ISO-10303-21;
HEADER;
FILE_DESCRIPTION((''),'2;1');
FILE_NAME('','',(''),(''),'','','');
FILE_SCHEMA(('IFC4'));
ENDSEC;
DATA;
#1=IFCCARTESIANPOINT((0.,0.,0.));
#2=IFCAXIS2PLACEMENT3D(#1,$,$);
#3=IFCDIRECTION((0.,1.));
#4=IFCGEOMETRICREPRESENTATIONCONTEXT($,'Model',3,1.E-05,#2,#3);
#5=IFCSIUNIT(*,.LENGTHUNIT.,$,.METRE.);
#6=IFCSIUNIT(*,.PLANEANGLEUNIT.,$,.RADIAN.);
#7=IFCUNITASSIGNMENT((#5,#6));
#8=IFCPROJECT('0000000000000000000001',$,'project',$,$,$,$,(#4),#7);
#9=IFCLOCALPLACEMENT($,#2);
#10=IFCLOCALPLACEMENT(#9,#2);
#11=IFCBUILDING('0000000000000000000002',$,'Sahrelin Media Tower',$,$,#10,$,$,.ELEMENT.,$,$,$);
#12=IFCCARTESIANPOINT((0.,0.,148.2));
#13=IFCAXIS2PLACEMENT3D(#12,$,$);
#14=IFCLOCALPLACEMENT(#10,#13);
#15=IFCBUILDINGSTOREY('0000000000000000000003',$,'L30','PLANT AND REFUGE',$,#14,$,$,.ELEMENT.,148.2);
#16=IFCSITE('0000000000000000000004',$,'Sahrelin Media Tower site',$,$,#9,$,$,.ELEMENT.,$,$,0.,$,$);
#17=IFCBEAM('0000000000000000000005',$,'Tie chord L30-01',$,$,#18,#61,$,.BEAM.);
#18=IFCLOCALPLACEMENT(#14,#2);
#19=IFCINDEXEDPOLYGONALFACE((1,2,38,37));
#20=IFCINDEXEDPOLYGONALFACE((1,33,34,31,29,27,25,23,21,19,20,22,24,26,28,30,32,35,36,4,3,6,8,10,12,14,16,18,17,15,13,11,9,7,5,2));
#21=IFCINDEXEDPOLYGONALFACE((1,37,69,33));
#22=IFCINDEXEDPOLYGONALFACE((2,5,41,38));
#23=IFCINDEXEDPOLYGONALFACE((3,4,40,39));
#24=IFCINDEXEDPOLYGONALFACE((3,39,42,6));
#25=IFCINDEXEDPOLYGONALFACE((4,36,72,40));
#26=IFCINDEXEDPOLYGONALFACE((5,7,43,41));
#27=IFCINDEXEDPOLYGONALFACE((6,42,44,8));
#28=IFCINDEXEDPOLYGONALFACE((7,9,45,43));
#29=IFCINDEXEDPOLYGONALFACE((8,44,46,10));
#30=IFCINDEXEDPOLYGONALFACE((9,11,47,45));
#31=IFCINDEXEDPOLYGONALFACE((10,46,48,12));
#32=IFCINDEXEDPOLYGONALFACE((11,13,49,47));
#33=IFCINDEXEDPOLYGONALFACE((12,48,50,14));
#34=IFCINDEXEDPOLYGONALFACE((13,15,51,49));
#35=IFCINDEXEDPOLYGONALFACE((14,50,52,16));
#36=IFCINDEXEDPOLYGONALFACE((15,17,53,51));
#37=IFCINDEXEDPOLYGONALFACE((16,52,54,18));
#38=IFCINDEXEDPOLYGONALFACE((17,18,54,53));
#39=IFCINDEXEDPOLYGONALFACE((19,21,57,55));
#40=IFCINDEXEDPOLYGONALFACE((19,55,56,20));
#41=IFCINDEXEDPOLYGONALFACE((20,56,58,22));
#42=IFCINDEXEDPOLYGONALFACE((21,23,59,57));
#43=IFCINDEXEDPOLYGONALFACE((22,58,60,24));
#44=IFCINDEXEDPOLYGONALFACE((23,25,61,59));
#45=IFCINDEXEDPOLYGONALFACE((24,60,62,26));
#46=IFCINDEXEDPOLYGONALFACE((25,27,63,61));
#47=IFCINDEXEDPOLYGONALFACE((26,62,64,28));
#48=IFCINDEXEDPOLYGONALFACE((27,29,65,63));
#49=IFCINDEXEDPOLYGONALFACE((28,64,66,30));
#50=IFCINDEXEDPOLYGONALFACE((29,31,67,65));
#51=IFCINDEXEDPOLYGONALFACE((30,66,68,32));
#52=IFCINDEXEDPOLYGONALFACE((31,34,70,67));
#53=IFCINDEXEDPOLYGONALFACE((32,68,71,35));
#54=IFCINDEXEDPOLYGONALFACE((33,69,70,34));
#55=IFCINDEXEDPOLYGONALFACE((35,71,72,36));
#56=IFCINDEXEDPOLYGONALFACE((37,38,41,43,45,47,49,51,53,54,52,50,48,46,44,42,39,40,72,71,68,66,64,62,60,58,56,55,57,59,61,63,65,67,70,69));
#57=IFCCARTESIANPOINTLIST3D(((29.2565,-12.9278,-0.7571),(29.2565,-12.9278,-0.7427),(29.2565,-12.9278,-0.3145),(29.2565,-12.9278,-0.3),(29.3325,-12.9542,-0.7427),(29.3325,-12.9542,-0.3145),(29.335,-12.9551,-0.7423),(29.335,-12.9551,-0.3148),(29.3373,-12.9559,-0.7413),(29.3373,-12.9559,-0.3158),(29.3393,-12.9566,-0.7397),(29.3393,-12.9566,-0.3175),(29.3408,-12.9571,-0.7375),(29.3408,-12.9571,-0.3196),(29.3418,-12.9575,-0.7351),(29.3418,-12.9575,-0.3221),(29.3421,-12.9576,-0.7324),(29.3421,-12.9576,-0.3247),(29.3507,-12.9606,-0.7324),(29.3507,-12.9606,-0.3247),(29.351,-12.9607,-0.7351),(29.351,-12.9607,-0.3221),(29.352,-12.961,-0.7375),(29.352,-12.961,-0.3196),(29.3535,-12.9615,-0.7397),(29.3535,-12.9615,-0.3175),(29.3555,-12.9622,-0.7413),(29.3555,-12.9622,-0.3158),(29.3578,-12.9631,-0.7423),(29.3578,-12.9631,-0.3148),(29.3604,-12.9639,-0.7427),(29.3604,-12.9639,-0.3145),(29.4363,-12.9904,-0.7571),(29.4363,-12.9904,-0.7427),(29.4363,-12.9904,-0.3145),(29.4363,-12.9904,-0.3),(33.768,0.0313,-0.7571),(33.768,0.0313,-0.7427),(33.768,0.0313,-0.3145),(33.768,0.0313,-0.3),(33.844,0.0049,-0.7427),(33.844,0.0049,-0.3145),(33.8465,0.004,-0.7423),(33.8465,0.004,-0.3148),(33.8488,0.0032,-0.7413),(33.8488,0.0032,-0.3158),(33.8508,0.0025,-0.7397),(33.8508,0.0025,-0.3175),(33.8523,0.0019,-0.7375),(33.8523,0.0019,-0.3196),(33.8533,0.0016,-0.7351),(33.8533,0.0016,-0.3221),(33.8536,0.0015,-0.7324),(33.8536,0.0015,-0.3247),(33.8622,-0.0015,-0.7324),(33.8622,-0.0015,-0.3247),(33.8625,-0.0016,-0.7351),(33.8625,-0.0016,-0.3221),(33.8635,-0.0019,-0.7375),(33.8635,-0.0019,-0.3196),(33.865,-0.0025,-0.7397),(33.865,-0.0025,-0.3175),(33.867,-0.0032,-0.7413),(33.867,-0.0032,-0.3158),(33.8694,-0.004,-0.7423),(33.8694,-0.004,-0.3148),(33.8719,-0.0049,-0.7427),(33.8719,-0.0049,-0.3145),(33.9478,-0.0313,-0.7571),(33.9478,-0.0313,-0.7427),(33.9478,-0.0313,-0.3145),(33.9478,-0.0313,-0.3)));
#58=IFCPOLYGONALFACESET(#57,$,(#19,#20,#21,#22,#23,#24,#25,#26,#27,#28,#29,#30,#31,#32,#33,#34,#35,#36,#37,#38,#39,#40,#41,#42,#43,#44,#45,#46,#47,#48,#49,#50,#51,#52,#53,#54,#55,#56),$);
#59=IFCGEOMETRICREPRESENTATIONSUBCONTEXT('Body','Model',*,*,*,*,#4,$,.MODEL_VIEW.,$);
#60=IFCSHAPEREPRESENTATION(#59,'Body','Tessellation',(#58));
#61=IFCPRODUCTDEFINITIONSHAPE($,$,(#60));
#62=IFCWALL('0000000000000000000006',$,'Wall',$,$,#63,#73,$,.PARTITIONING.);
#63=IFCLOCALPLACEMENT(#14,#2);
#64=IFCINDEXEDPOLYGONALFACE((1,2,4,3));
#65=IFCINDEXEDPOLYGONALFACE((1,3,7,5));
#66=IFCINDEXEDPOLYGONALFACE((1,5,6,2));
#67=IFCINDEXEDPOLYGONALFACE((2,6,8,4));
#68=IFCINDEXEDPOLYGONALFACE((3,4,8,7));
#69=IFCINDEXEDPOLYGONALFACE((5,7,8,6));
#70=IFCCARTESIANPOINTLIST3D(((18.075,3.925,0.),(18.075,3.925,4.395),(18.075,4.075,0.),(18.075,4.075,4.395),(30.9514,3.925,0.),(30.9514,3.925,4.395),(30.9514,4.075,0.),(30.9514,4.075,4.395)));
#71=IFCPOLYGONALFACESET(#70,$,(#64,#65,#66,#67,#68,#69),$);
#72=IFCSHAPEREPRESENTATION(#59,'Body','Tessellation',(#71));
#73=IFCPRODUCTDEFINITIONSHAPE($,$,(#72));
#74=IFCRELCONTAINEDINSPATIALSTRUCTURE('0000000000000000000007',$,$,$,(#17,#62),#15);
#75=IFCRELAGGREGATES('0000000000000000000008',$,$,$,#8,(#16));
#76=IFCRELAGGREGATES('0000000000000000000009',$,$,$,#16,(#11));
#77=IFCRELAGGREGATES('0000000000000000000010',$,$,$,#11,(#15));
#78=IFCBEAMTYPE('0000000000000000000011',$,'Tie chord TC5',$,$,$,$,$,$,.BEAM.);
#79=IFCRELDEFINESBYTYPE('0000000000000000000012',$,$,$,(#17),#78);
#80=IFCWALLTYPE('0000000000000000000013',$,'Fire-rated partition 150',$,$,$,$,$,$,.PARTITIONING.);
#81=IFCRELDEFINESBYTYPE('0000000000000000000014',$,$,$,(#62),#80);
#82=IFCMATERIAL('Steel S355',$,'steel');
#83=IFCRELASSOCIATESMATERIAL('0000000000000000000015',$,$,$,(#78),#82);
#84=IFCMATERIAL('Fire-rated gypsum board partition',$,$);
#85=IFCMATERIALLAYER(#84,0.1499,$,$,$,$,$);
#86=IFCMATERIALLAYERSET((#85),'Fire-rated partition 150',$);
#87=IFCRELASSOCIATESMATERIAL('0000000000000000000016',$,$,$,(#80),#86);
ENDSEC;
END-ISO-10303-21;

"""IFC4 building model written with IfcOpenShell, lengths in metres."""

from ifc_helpers import new_model, si_unit, direction, frame, frame_2d, origin, origin_2d, place, context, subcontext, project, spatial, rectangle, i_section, extrude, material, layer, layer_set, material_profile, profile_set, type_object, element, save


model = new_model("IFC4")

# Units and contexts
model_context = context("Model", 3, precision=1e-05, world=origin(), true_north=direction((0.0, 1.0)))
body_context = subcontext(model_context, "Body", "Model", "MODEL_VIEW")
ifc_project = project(units=[si_unit("LENGTHUNIT", "METRE"), si_unit("PLANEANGLEUNIT", "RADIAN")], contexts=[model_context])

# Site, building, storey
site_placement = place(None, origin())
site = spatial("IfcSite", under=ifc_project, at=site_placement, Name="Sahrelin Media Tower site", CompositionType="ELEMENT", RefElevation=0.0)
building_placement = place(site_placement, origin())
building = spatial("IfcBuilding", under=site, at=building_placement, Name="Sahrelin Media Tower", CompositionType="ELEMENT")
storey_placement = place(building_placement, frame((0.0, 0.0, 148.2)))
storey = spatial("IfcBuildingStorey", under=building, at=storey_placement, Name="L30", Description="PLANT AND REFUGE", CompositionType="ELEMENT", Elevation=148.2)

# Beam
ifc_material_1 = material(Name="Steel S355", Category="steel")
ifc_material_profile_1 = material_profile(ifc_material_1, i_section(OverallWidth=0.1904, OverallDepth=0.457, WebThickness=0.009, FlangeThickness=0.0144, FilletRadius=0.0103, at=origin_2d()), Name="UB 457x191x74")
ifc_profile_set_1 = profile_set([ifc_material_profile_1], Name="Steel S355")
beam_type_1 = type_object("IfcBeamType", Name="Tie chord TC5", PredefinedType="BEAM", material=ifc_profile_set_1)
beam_1_placement = place(storey_placement, frame((33.8579, 0.0, -0.5286), z_axis=(-0.328781, -0.944406, 0.0), x_axis=(0.944406, -0.328781, 0.0)))
element("IfcBeam", 1, at=beam_1_placement, inside=storey, type_object=beam_type_1, Name="Tie chord L30-01", PredefinedType="BEAM", context=body_context, shape_type="SweptSolid", body=[
    extrude(i_section(OverallWidth=0.1904, OverallDepth=0.457, WebThickness=0.009, FlangeThickness=0.0144, FilletRadius=0.0103, at=origin_2d()), origin(), (0.0, 0.0, 1.0), 13.7219),
])

# Wall
ifc_material_2 = material(Name="Fire-rated gypsum board partition")
ifc_layer = layer(ifc_material_2, 0.1499)
ifc_layer_set = layer_set([ifc_layer], Name="Fire-rated partition 150")
wall_type = type_object("IfcWallType", Name="Fire-rated partition 150", PredefinedType="PARTITIONING", material=ifc_layer_set)
wall_placement = place(storey_placement, frame((18.075, 4.0, 0.0), z_axis=(0.0, 0.0, 1.0), x_axis=(1.0, 0.0, 0.0)))
element("IfcWall", 2, at=wall_placement, inside=storey, type_object=wall_type, Name="Wall", PredefinedType="PARTITIONING", context=body_context, shape_type="SweptSolid", body=[
    extrude(rectangle(XDim=12.8765, YDim=0.1499, at=frame_2d((6.4382, 0.0))), origin(), (0.0, 0.0, 1.0), 4.395),
])

save(model, "model.ifc")
